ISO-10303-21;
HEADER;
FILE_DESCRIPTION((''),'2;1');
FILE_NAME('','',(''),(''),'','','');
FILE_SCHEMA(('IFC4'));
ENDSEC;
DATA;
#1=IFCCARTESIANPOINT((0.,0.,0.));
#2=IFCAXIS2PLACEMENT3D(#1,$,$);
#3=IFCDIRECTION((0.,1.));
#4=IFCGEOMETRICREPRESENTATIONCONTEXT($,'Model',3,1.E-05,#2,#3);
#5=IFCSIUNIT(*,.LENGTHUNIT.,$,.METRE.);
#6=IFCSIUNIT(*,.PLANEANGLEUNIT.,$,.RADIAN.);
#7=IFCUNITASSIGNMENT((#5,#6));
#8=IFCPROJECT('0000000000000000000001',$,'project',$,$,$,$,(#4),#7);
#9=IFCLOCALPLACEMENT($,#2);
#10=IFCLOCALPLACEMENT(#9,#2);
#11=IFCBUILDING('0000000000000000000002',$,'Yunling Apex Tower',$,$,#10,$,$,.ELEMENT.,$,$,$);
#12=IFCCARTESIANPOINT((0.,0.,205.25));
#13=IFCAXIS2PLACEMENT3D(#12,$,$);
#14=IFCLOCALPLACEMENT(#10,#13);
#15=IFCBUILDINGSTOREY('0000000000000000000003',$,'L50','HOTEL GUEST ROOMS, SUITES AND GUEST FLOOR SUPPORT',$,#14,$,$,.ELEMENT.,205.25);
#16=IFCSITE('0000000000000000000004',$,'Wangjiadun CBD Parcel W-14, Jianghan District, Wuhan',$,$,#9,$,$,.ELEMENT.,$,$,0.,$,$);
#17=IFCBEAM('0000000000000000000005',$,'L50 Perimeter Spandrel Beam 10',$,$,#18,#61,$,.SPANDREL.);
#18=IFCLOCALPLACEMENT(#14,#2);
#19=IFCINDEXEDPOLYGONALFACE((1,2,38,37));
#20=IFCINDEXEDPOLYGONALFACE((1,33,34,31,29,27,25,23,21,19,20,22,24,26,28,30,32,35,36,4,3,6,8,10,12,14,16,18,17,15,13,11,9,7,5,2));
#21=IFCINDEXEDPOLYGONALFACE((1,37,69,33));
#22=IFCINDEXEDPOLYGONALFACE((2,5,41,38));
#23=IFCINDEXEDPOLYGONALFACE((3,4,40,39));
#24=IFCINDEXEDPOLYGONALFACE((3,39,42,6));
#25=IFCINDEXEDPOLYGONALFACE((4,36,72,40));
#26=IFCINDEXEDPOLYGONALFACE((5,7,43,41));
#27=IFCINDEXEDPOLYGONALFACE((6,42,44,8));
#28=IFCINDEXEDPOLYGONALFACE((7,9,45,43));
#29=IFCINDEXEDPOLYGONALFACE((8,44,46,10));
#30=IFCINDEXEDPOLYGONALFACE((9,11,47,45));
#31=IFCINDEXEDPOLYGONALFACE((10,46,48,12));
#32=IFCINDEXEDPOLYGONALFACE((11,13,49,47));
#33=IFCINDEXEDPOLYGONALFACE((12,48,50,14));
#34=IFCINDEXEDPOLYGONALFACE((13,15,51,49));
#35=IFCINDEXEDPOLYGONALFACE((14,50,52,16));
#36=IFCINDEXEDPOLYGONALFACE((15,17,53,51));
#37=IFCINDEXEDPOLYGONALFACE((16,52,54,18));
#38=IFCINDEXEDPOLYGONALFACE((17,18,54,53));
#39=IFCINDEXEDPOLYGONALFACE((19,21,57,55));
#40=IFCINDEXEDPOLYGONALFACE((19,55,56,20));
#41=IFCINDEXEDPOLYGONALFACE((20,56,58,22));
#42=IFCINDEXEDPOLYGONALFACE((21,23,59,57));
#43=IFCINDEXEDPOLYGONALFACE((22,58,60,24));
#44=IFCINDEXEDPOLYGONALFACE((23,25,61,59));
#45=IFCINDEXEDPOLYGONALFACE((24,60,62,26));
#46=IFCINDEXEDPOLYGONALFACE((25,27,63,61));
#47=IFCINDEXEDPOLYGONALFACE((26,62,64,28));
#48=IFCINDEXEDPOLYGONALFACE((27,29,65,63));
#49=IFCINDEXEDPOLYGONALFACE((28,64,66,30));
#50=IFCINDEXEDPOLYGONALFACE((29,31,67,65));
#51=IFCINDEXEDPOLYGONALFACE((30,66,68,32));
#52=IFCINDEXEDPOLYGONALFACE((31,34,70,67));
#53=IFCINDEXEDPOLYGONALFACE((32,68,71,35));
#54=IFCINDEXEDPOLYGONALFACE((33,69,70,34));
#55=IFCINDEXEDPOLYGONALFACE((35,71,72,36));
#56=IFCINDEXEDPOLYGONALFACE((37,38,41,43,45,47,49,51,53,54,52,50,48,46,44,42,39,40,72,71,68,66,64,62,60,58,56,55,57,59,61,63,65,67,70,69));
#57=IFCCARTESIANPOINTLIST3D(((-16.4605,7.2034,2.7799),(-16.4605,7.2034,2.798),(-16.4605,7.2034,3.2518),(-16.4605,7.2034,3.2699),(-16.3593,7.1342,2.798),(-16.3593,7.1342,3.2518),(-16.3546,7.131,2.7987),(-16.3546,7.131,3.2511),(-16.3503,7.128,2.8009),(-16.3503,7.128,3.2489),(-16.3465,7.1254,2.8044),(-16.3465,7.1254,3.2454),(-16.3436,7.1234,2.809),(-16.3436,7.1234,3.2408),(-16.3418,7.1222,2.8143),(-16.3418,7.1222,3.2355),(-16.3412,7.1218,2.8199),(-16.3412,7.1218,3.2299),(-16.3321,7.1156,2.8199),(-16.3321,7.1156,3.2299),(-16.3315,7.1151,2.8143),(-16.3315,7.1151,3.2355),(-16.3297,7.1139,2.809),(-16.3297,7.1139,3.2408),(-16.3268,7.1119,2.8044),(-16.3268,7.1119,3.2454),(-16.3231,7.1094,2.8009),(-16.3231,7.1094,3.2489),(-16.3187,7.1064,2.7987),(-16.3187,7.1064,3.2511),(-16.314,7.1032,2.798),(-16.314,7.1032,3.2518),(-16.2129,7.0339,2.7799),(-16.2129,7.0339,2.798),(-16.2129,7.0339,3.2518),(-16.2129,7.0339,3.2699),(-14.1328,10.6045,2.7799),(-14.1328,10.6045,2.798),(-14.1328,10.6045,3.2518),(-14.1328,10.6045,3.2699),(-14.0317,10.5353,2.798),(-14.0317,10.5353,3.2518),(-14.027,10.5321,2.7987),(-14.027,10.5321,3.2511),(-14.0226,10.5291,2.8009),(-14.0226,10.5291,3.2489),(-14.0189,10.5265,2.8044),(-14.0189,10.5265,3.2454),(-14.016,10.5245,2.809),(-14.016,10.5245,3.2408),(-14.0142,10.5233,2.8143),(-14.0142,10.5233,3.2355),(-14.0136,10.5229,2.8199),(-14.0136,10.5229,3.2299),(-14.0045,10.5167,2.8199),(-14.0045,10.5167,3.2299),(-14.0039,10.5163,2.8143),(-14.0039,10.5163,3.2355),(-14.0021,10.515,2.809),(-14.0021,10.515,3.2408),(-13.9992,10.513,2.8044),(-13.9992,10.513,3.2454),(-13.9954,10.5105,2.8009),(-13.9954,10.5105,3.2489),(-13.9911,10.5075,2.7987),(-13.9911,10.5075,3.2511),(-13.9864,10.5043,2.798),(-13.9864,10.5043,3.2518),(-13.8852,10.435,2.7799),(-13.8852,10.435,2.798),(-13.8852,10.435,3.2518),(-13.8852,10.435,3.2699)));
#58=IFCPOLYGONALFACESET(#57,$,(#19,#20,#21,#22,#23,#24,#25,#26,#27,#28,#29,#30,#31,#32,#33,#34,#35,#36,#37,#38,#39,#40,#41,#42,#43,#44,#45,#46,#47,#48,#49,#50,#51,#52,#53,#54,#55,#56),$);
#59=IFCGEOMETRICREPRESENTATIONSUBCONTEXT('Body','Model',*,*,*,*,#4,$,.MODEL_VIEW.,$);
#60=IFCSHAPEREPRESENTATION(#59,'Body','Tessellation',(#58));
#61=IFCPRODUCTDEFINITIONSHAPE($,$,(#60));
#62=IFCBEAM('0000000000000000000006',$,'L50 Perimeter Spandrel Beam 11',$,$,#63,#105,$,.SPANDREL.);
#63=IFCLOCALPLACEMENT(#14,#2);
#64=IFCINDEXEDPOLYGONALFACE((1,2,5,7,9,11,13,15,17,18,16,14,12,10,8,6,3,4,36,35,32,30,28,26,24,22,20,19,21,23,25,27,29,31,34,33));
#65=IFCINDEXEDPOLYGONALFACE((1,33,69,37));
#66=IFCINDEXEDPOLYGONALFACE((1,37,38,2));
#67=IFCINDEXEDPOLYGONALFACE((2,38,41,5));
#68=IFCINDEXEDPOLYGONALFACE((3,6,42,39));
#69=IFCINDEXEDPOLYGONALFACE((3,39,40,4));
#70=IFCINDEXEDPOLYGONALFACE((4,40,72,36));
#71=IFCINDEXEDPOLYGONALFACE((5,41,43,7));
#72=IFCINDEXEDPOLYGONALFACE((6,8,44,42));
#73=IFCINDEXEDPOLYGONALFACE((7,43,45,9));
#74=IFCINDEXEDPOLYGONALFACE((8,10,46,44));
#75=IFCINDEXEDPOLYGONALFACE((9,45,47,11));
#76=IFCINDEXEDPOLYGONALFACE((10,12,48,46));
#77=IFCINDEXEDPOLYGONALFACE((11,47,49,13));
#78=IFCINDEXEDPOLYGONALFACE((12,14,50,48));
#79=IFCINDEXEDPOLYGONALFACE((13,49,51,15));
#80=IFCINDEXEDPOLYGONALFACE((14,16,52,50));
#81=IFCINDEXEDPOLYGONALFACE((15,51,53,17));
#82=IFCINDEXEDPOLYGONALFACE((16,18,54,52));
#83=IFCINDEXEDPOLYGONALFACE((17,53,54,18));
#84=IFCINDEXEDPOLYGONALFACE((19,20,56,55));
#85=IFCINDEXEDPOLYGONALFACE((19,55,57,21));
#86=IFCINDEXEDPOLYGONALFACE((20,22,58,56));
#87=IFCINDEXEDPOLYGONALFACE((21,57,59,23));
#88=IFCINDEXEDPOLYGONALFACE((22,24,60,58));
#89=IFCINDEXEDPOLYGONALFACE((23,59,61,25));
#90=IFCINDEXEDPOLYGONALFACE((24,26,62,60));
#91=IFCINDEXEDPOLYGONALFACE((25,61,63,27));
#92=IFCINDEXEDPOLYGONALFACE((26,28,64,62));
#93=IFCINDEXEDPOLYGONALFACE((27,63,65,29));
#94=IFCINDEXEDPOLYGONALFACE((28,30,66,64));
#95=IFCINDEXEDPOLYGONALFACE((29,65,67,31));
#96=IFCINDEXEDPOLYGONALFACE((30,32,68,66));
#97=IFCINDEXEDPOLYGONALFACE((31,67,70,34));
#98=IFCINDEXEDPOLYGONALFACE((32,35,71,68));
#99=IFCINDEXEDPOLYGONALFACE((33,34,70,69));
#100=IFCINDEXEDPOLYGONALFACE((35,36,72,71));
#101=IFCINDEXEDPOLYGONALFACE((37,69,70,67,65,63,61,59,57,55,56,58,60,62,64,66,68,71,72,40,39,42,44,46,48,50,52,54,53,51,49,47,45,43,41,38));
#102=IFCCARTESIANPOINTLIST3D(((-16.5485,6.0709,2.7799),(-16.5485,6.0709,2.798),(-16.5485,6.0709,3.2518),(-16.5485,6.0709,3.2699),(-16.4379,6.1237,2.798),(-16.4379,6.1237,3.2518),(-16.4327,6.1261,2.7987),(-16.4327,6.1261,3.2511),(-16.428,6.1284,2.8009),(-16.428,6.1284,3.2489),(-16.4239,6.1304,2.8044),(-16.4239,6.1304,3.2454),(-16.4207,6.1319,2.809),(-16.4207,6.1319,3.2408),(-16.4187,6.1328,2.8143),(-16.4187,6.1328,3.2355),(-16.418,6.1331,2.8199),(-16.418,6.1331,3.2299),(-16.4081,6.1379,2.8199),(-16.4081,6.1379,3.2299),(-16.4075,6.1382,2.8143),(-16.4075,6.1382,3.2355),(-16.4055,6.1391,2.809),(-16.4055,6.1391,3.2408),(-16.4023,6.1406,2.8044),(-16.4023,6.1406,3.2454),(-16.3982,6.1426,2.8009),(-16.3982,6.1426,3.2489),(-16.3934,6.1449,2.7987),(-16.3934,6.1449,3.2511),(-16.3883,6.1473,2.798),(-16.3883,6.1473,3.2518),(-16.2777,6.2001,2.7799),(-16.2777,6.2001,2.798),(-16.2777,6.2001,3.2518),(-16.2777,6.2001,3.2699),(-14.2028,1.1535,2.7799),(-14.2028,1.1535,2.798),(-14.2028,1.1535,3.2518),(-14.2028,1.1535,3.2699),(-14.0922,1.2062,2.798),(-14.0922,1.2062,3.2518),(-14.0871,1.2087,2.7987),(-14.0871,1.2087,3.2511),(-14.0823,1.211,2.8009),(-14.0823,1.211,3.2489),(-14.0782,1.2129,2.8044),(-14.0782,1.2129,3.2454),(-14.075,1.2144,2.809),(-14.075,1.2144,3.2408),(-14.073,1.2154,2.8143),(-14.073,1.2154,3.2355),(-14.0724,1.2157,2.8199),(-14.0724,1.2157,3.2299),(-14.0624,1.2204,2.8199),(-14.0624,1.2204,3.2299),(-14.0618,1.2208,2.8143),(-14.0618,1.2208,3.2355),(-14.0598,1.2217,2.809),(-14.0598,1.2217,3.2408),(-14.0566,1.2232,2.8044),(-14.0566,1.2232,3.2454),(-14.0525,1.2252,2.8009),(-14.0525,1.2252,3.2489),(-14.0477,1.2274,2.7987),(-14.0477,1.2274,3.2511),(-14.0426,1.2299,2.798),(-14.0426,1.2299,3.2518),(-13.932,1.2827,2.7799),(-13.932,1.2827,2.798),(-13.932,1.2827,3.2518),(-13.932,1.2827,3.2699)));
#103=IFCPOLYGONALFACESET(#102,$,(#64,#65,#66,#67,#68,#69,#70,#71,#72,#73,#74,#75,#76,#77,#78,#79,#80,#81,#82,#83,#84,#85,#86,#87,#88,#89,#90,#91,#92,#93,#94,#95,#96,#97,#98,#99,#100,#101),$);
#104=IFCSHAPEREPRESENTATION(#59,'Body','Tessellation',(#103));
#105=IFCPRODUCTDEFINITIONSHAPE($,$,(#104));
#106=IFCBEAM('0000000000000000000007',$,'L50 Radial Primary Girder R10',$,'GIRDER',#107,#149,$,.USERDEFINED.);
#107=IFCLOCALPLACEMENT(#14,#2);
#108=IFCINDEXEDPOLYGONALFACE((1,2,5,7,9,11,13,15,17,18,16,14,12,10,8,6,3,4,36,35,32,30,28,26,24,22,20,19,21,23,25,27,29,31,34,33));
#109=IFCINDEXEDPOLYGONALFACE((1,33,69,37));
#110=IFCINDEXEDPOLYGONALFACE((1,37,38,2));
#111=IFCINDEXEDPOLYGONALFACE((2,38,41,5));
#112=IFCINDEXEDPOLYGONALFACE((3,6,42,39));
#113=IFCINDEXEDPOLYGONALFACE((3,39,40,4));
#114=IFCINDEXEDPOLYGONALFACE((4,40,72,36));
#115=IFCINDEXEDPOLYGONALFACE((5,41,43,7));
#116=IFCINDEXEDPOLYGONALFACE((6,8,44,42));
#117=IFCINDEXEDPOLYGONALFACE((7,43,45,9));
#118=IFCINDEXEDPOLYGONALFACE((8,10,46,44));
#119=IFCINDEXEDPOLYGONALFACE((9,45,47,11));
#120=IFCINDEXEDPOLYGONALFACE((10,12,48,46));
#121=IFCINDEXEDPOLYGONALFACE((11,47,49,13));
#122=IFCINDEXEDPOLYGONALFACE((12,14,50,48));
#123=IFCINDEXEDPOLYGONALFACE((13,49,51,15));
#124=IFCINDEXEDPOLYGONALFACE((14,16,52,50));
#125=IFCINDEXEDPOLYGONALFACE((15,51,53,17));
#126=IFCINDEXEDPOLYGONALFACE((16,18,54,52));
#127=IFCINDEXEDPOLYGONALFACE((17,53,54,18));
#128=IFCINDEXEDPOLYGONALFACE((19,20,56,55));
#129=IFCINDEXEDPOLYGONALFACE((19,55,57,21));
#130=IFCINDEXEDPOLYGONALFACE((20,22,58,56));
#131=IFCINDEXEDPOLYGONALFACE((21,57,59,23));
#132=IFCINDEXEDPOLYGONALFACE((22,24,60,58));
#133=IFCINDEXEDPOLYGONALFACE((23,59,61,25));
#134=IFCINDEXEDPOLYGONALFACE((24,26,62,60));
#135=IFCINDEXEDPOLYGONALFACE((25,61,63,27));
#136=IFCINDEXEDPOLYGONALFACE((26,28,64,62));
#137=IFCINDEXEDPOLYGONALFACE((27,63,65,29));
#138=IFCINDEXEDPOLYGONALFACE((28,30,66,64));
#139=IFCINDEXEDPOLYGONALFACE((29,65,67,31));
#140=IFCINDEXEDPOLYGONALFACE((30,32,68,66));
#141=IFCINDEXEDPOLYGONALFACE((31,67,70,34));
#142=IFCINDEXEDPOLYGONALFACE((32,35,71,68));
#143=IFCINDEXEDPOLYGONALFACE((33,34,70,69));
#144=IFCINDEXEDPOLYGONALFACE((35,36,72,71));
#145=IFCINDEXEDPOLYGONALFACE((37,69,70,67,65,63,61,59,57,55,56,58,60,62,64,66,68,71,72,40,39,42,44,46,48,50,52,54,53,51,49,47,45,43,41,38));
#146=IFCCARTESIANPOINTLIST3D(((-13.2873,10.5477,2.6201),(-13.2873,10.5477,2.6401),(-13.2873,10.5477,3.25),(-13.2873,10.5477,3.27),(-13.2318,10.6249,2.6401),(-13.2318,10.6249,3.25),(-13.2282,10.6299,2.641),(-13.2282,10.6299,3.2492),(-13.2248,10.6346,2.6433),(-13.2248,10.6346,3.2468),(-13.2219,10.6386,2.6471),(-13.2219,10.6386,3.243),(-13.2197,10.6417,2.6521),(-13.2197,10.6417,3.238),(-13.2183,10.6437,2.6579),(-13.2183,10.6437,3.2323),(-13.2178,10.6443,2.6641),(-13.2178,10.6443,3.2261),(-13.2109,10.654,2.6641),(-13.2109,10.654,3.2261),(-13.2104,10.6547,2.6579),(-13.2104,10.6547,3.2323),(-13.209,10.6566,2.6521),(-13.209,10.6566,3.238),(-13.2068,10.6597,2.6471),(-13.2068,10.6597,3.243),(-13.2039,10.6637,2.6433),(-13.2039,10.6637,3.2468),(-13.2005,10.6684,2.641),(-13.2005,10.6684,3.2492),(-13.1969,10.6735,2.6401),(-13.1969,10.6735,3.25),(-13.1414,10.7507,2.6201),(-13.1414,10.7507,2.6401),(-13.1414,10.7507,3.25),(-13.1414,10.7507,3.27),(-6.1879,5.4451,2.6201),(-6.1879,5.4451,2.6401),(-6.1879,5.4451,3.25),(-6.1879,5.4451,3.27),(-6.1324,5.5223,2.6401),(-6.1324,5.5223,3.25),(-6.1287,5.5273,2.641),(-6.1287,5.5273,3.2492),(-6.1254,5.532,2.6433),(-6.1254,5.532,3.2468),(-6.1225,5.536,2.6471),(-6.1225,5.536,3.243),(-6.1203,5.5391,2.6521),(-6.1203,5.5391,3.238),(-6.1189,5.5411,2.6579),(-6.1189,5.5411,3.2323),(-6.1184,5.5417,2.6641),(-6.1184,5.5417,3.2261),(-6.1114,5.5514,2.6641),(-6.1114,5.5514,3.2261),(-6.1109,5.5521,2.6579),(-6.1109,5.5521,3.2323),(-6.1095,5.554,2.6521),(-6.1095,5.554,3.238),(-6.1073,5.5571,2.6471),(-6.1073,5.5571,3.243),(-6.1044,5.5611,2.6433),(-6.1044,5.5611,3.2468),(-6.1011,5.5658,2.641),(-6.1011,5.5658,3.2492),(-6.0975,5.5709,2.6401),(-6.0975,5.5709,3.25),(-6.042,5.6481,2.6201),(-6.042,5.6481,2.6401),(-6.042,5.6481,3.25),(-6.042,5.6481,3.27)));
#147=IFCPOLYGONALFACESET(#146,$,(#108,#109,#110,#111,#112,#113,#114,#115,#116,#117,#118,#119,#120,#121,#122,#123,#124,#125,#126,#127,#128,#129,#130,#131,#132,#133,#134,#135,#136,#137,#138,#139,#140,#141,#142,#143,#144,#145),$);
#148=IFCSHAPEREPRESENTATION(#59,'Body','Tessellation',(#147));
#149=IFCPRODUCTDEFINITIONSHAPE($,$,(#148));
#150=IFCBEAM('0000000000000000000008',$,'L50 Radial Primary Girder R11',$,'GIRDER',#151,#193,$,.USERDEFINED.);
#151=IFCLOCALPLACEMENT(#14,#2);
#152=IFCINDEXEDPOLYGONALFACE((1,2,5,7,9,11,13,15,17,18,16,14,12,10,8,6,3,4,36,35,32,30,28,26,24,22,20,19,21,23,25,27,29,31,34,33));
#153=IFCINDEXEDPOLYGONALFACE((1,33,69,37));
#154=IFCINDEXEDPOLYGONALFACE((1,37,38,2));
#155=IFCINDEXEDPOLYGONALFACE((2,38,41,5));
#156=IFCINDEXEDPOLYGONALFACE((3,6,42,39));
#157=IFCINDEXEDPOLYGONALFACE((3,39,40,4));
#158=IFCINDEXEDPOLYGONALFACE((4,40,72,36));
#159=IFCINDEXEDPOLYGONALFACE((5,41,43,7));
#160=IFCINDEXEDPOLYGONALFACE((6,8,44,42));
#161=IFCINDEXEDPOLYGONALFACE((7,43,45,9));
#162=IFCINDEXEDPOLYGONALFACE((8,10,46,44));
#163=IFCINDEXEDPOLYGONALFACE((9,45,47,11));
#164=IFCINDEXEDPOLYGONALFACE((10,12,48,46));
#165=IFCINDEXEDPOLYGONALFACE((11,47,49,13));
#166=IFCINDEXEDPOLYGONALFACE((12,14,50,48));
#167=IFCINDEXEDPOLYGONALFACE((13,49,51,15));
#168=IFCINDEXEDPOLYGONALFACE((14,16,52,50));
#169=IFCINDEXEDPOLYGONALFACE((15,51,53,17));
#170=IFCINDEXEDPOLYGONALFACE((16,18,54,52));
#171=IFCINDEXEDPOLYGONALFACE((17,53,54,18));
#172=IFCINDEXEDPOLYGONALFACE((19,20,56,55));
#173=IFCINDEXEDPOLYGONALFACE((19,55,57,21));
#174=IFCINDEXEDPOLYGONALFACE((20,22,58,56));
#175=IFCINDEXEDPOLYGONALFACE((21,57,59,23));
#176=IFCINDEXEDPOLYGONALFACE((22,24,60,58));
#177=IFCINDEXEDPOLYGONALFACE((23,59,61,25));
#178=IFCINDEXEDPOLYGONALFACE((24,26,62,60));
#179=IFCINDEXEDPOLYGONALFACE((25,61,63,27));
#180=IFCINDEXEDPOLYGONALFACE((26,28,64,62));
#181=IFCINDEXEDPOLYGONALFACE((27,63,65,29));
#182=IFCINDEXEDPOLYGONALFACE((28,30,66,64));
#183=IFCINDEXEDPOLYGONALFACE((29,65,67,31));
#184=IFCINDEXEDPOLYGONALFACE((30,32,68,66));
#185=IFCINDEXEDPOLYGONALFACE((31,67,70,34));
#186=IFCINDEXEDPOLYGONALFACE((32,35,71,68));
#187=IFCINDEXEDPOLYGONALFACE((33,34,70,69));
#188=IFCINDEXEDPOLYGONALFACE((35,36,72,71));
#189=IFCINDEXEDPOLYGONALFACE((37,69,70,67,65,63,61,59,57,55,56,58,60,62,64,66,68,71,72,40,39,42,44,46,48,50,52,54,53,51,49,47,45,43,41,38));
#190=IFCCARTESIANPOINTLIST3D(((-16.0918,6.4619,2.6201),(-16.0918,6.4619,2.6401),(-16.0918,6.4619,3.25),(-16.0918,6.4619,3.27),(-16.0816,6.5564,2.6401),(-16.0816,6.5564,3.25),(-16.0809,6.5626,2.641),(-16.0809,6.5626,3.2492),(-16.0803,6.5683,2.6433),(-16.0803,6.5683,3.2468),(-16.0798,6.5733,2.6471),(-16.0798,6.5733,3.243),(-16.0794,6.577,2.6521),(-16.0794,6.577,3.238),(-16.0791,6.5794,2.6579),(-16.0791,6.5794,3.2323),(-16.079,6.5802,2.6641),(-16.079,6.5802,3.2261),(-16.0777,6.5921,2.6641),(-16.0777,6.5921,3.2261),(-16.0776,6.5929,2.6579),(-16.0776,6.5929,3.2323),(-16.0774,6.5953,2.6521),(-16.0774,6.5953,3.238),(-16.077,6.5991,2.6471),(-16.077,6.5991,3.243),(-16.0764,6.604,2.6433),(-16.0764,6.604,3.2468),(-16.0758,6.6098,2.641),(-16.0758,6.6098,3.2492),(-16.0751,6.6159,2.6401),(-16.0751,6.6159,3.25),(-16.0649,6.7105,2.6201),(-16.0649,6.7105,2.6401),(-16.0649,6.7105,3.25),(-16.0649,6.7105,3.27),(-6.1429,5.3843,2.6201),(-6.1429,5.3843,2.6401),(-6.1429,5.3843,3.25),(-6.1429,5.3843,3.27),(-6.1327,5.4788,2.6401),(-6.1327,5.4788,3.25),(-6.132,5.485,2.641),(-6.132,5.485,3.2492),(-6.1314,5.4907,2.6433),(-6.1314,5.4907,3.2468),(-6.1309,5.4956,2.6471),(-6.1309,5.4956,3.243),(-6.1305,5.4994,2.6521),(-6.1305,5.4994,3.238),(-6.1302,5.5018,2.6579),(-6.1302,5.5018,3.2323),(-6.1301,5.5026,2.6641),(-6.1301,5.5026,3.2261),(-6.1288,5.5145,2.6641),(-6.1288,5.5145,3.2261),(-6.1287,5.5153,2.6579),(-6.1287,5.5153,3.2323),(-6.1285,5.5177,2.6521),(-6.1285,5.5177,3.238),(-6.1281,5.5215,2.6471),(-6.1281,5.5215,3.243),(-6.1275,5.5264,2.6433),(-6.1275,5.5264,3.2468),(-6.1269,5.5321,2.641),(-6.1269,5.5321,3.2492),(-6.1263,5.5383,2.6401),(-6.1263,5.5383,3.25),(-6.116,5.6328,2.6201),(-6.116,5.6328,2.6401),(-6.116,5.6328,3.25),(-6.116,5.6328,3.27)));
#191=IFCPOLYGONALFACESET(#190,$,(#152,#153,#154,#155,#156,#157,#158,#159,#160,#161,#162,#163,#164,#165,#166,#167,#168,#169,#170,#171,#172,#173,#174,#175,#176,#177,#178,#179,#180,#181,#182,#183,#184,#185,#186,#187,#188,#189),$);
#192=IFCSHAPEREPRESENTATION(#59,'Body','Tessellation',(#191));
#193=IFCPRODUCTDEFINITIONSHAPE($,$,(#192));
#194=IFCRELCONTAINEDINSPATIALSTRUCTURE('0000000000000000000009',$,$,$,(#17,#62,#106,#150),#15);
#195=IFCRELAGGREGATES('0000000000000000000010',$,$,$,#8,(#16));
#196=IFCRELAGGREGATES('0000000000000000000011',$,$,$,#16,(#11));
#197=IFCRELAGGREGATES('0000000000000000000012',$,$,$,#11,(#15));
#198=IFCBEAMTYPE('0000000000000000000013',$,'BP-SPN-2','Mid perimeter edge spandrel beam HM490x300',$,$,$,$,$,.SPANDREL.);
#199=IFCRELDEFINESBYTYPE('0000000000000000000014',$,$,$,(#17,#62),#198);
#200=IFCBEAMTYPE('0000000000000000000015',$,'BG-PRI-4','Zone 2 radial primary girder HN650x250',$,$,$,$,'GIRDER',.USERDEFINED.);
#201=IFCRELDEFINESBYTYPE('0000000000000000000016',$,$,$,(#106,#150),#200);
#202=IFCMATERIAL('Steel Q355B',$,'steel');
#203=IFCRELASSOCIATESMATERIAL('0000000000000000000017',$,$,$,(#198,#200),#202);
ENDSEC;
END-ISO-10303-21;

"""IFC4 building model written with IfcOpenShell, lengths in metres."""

from ifc_helpers import new_model, si_unit, direction, frame, origin, origin_2d, place, context, subcontext, project, spatial, i_section, extrude, source, transform, mapped, material, material_profile, profile_set, type_object, element, save


model = new_model("IFC4")

# Units and contexts
model_context = context("Model", 3, precision=1e-05, world=origin(), true_north=direction((0.0, 1.0)))
body_context = subcontext(model_context, "Body", "Model", "MODEL_VIEW")
ifc_project = project(units=[si_unit("LENGTHUNIT", "METRE"), si_unit("PLANEANGLEUNIT", "RADIAN")], contexts=[model_context])

# Site, building, storey
site_placement = place(None, origin())
site = spatial("IfcSite", under=ifc_project, at=site_placement, Name="Wangjiadun CBD Parcel W-14, Jianghan District, Wuhan", CompositionType="ELEMENT", RefElevation=0.0)
building_placement = place(site_placement, origin())
building = spatial("IfcBuilding", under=site, at=building_placement, Name="Yunling Apex Tower", CompositionType="ELEMENT")
storey_placement = place(building_placement, frame((0.0, 0.0, 205.25)))
storey = spatial("IfcBuildingStorey", under=building, at=storey_placement, Name="L50", Description="HOTEL GUEST ROOMS, SUITES AND GUEST FLOOR SUPPORT", CompositionType="ELEMENT", Elevation=205.25)

# Beams
ifc_material_1 = material(Name="Steel Q355B", Category="steel")
ifc_material_profile_1 = material_profile(ifc_material_1, i_section(OverallWidth=0.3, OverallDepth=0.49, WebThickness=0.011, FlangeThickness=0.0181, FilletRadius=0.022, at=origin_2d()))
ifc_profile_set_1 = profile_set([ifc_material_profile_1], Name="Steel Q355B")
beam_type_1 = type_object("IfcBeamType", Name="BP-SPN-2", Description="Mid perimeter edge spandrel beam HM490x300", PredefinedType="SPANDREL", material=ifc_profile_set_1)
shared_shape_1 = source(origin(), body_context, "Body", "SweptSolid", [
    extrude(i_section(OverallWidth=0.3, OverallDepth=0.49, WebThickness=0.011, FlangeThickness=0.0181, FilletRadius=0.022, at=origin_2d()), origin(), (0.0, 0.0, 1.0), 4.1213),
])
beam_1_placement = place(storey_placement, frame((-14.009, 10.5198, 3.0249), z_axis=(-0.564775, -0.825245, 0.0), x_axis=(0.825245, -0.564775, 0.0)))
element("IfcBeam", 1, at=beam_1_placement, inside=storey, type_object=beam_type_1, Name="L50 Perimeter Spandrel Beam 10", PredefinedType="SPANDREL", context=body_context, shape_type="MappedRepresentation", body=[
    mapped(shared_shape_1, transform((0.0, 0.0, 0.0), scale=1.0)),
])
shared_shape_2 = source(origin(), body_context, "Body", "SweptSolid", [
    extrude(i_section(OverallWidth=0.3, OverallDepth=0.49, WebThickness=0.011, FlangeThickness=0.0181, FilletRadius=0.022, at=origin_2d()), origin(), (0.0, 0.0, 1.0), 5.4482),
])
beam_2_placement = place(storey_placement, frame((-16.4131, 6.1355, 3.0249), z_axis=(0.430539, -0.902572, 0.0), x_axis=(0.902572, 0.430539, 0.0)))
element("IfcBeam", 2, at=beam_2_placement, inside=storey, type_object=beam_type_1, Name="L50 Perimeter Spandrel Beam 11", PredefinedType="SPANDREL", context=body_context, shape_type="MappedRepresentation", body=[
    mapped(shared_shape_2, transform((0.0, 0.0, 0.0), scale=1.0)),
])
ifc_material_profile_2 = material_profile(ifc_material_1, i_section(OverallWidth=0.25, OverallDepth=0.6499, WebThickness=0.012, FlangeThickness=0.02, FilletRadius=0.0239, at=origin_2d()))
ifc_profile_set_2 = profile_set([ifc_material_profile_2], Name="Steel Q355B")
beam_type_2 = type_object("IfcBeamType", Name="BG-PRI-4", Description="Zone 2 radial primary girder HN650x250", ElementType="GIRDER", PredefinedType="USERDEFINED", material=ifc_profile_set_2)
shared_shape_3 = source(origin(), body_context, "Body", "SweptSolid", [
    extrude(i_section(OverallWidth=0.25, OverallDepth=0.6499, WebThickness=0.012, FlangeThickness=0.02, FilletRadius=0.0239, at=origin_2d()), origin(), (0.0, 0.0, 1.0), 8.7429),
])
beam_3_placement = place(storey_placement, frame((-13.2144, 10.6492, 2.9451), z_axis=(0.812022, -0.583626, 0.0), x_axis=(0.583626, 0.812022, 0.0)))
element("IfcBeam", 3, at=beam_3_placement, inside=storey, type_object=beam_type_2, Name="L50 Radial Primary Girder R10", ObjectType="GIRDER", PredefinedType="USERDEFINED", context=body_context, shape_type="MappedRepresentation", body=[
    mapped(shared_shape_3, transform((0.0, 0.0, 0.0), scale=1.0)),
])
shared_shape_4 = source(origin(), body_context, "Body", "SweptSolid", [
    extrude(i_section(OverallWidth=0.25, OverallDepth=0.6499, WebThickness=0.012, FlangeThickness=0.02, FilletRadius=0.0239, at=origin_2d()), origin(), (0.0, 0.0, 1.0), 10.0071),
])
beam_4_placement = place(storey_placement, frame((-16.0784, 6.5862, 2.9451), z_axis=(0.994185, -0.107686, 0.0), x_axis=(0.107686, 0.994185, 0.0)))
element("IfcBeam", 4, at=beam_4_placement, inside=storey, type_object=beam_type_2, Name="L50 Radial Primary Girder R11", ObjectType="GIRDER", PredefinedType="USERDEFINED", context=body_context, shape_type="MappedRepresentation", body=[
    mapped(shared_shape_4, transform((0.0, 0.0, 0.0), scale=1.0)),
])

save(model, "model.ifc")
